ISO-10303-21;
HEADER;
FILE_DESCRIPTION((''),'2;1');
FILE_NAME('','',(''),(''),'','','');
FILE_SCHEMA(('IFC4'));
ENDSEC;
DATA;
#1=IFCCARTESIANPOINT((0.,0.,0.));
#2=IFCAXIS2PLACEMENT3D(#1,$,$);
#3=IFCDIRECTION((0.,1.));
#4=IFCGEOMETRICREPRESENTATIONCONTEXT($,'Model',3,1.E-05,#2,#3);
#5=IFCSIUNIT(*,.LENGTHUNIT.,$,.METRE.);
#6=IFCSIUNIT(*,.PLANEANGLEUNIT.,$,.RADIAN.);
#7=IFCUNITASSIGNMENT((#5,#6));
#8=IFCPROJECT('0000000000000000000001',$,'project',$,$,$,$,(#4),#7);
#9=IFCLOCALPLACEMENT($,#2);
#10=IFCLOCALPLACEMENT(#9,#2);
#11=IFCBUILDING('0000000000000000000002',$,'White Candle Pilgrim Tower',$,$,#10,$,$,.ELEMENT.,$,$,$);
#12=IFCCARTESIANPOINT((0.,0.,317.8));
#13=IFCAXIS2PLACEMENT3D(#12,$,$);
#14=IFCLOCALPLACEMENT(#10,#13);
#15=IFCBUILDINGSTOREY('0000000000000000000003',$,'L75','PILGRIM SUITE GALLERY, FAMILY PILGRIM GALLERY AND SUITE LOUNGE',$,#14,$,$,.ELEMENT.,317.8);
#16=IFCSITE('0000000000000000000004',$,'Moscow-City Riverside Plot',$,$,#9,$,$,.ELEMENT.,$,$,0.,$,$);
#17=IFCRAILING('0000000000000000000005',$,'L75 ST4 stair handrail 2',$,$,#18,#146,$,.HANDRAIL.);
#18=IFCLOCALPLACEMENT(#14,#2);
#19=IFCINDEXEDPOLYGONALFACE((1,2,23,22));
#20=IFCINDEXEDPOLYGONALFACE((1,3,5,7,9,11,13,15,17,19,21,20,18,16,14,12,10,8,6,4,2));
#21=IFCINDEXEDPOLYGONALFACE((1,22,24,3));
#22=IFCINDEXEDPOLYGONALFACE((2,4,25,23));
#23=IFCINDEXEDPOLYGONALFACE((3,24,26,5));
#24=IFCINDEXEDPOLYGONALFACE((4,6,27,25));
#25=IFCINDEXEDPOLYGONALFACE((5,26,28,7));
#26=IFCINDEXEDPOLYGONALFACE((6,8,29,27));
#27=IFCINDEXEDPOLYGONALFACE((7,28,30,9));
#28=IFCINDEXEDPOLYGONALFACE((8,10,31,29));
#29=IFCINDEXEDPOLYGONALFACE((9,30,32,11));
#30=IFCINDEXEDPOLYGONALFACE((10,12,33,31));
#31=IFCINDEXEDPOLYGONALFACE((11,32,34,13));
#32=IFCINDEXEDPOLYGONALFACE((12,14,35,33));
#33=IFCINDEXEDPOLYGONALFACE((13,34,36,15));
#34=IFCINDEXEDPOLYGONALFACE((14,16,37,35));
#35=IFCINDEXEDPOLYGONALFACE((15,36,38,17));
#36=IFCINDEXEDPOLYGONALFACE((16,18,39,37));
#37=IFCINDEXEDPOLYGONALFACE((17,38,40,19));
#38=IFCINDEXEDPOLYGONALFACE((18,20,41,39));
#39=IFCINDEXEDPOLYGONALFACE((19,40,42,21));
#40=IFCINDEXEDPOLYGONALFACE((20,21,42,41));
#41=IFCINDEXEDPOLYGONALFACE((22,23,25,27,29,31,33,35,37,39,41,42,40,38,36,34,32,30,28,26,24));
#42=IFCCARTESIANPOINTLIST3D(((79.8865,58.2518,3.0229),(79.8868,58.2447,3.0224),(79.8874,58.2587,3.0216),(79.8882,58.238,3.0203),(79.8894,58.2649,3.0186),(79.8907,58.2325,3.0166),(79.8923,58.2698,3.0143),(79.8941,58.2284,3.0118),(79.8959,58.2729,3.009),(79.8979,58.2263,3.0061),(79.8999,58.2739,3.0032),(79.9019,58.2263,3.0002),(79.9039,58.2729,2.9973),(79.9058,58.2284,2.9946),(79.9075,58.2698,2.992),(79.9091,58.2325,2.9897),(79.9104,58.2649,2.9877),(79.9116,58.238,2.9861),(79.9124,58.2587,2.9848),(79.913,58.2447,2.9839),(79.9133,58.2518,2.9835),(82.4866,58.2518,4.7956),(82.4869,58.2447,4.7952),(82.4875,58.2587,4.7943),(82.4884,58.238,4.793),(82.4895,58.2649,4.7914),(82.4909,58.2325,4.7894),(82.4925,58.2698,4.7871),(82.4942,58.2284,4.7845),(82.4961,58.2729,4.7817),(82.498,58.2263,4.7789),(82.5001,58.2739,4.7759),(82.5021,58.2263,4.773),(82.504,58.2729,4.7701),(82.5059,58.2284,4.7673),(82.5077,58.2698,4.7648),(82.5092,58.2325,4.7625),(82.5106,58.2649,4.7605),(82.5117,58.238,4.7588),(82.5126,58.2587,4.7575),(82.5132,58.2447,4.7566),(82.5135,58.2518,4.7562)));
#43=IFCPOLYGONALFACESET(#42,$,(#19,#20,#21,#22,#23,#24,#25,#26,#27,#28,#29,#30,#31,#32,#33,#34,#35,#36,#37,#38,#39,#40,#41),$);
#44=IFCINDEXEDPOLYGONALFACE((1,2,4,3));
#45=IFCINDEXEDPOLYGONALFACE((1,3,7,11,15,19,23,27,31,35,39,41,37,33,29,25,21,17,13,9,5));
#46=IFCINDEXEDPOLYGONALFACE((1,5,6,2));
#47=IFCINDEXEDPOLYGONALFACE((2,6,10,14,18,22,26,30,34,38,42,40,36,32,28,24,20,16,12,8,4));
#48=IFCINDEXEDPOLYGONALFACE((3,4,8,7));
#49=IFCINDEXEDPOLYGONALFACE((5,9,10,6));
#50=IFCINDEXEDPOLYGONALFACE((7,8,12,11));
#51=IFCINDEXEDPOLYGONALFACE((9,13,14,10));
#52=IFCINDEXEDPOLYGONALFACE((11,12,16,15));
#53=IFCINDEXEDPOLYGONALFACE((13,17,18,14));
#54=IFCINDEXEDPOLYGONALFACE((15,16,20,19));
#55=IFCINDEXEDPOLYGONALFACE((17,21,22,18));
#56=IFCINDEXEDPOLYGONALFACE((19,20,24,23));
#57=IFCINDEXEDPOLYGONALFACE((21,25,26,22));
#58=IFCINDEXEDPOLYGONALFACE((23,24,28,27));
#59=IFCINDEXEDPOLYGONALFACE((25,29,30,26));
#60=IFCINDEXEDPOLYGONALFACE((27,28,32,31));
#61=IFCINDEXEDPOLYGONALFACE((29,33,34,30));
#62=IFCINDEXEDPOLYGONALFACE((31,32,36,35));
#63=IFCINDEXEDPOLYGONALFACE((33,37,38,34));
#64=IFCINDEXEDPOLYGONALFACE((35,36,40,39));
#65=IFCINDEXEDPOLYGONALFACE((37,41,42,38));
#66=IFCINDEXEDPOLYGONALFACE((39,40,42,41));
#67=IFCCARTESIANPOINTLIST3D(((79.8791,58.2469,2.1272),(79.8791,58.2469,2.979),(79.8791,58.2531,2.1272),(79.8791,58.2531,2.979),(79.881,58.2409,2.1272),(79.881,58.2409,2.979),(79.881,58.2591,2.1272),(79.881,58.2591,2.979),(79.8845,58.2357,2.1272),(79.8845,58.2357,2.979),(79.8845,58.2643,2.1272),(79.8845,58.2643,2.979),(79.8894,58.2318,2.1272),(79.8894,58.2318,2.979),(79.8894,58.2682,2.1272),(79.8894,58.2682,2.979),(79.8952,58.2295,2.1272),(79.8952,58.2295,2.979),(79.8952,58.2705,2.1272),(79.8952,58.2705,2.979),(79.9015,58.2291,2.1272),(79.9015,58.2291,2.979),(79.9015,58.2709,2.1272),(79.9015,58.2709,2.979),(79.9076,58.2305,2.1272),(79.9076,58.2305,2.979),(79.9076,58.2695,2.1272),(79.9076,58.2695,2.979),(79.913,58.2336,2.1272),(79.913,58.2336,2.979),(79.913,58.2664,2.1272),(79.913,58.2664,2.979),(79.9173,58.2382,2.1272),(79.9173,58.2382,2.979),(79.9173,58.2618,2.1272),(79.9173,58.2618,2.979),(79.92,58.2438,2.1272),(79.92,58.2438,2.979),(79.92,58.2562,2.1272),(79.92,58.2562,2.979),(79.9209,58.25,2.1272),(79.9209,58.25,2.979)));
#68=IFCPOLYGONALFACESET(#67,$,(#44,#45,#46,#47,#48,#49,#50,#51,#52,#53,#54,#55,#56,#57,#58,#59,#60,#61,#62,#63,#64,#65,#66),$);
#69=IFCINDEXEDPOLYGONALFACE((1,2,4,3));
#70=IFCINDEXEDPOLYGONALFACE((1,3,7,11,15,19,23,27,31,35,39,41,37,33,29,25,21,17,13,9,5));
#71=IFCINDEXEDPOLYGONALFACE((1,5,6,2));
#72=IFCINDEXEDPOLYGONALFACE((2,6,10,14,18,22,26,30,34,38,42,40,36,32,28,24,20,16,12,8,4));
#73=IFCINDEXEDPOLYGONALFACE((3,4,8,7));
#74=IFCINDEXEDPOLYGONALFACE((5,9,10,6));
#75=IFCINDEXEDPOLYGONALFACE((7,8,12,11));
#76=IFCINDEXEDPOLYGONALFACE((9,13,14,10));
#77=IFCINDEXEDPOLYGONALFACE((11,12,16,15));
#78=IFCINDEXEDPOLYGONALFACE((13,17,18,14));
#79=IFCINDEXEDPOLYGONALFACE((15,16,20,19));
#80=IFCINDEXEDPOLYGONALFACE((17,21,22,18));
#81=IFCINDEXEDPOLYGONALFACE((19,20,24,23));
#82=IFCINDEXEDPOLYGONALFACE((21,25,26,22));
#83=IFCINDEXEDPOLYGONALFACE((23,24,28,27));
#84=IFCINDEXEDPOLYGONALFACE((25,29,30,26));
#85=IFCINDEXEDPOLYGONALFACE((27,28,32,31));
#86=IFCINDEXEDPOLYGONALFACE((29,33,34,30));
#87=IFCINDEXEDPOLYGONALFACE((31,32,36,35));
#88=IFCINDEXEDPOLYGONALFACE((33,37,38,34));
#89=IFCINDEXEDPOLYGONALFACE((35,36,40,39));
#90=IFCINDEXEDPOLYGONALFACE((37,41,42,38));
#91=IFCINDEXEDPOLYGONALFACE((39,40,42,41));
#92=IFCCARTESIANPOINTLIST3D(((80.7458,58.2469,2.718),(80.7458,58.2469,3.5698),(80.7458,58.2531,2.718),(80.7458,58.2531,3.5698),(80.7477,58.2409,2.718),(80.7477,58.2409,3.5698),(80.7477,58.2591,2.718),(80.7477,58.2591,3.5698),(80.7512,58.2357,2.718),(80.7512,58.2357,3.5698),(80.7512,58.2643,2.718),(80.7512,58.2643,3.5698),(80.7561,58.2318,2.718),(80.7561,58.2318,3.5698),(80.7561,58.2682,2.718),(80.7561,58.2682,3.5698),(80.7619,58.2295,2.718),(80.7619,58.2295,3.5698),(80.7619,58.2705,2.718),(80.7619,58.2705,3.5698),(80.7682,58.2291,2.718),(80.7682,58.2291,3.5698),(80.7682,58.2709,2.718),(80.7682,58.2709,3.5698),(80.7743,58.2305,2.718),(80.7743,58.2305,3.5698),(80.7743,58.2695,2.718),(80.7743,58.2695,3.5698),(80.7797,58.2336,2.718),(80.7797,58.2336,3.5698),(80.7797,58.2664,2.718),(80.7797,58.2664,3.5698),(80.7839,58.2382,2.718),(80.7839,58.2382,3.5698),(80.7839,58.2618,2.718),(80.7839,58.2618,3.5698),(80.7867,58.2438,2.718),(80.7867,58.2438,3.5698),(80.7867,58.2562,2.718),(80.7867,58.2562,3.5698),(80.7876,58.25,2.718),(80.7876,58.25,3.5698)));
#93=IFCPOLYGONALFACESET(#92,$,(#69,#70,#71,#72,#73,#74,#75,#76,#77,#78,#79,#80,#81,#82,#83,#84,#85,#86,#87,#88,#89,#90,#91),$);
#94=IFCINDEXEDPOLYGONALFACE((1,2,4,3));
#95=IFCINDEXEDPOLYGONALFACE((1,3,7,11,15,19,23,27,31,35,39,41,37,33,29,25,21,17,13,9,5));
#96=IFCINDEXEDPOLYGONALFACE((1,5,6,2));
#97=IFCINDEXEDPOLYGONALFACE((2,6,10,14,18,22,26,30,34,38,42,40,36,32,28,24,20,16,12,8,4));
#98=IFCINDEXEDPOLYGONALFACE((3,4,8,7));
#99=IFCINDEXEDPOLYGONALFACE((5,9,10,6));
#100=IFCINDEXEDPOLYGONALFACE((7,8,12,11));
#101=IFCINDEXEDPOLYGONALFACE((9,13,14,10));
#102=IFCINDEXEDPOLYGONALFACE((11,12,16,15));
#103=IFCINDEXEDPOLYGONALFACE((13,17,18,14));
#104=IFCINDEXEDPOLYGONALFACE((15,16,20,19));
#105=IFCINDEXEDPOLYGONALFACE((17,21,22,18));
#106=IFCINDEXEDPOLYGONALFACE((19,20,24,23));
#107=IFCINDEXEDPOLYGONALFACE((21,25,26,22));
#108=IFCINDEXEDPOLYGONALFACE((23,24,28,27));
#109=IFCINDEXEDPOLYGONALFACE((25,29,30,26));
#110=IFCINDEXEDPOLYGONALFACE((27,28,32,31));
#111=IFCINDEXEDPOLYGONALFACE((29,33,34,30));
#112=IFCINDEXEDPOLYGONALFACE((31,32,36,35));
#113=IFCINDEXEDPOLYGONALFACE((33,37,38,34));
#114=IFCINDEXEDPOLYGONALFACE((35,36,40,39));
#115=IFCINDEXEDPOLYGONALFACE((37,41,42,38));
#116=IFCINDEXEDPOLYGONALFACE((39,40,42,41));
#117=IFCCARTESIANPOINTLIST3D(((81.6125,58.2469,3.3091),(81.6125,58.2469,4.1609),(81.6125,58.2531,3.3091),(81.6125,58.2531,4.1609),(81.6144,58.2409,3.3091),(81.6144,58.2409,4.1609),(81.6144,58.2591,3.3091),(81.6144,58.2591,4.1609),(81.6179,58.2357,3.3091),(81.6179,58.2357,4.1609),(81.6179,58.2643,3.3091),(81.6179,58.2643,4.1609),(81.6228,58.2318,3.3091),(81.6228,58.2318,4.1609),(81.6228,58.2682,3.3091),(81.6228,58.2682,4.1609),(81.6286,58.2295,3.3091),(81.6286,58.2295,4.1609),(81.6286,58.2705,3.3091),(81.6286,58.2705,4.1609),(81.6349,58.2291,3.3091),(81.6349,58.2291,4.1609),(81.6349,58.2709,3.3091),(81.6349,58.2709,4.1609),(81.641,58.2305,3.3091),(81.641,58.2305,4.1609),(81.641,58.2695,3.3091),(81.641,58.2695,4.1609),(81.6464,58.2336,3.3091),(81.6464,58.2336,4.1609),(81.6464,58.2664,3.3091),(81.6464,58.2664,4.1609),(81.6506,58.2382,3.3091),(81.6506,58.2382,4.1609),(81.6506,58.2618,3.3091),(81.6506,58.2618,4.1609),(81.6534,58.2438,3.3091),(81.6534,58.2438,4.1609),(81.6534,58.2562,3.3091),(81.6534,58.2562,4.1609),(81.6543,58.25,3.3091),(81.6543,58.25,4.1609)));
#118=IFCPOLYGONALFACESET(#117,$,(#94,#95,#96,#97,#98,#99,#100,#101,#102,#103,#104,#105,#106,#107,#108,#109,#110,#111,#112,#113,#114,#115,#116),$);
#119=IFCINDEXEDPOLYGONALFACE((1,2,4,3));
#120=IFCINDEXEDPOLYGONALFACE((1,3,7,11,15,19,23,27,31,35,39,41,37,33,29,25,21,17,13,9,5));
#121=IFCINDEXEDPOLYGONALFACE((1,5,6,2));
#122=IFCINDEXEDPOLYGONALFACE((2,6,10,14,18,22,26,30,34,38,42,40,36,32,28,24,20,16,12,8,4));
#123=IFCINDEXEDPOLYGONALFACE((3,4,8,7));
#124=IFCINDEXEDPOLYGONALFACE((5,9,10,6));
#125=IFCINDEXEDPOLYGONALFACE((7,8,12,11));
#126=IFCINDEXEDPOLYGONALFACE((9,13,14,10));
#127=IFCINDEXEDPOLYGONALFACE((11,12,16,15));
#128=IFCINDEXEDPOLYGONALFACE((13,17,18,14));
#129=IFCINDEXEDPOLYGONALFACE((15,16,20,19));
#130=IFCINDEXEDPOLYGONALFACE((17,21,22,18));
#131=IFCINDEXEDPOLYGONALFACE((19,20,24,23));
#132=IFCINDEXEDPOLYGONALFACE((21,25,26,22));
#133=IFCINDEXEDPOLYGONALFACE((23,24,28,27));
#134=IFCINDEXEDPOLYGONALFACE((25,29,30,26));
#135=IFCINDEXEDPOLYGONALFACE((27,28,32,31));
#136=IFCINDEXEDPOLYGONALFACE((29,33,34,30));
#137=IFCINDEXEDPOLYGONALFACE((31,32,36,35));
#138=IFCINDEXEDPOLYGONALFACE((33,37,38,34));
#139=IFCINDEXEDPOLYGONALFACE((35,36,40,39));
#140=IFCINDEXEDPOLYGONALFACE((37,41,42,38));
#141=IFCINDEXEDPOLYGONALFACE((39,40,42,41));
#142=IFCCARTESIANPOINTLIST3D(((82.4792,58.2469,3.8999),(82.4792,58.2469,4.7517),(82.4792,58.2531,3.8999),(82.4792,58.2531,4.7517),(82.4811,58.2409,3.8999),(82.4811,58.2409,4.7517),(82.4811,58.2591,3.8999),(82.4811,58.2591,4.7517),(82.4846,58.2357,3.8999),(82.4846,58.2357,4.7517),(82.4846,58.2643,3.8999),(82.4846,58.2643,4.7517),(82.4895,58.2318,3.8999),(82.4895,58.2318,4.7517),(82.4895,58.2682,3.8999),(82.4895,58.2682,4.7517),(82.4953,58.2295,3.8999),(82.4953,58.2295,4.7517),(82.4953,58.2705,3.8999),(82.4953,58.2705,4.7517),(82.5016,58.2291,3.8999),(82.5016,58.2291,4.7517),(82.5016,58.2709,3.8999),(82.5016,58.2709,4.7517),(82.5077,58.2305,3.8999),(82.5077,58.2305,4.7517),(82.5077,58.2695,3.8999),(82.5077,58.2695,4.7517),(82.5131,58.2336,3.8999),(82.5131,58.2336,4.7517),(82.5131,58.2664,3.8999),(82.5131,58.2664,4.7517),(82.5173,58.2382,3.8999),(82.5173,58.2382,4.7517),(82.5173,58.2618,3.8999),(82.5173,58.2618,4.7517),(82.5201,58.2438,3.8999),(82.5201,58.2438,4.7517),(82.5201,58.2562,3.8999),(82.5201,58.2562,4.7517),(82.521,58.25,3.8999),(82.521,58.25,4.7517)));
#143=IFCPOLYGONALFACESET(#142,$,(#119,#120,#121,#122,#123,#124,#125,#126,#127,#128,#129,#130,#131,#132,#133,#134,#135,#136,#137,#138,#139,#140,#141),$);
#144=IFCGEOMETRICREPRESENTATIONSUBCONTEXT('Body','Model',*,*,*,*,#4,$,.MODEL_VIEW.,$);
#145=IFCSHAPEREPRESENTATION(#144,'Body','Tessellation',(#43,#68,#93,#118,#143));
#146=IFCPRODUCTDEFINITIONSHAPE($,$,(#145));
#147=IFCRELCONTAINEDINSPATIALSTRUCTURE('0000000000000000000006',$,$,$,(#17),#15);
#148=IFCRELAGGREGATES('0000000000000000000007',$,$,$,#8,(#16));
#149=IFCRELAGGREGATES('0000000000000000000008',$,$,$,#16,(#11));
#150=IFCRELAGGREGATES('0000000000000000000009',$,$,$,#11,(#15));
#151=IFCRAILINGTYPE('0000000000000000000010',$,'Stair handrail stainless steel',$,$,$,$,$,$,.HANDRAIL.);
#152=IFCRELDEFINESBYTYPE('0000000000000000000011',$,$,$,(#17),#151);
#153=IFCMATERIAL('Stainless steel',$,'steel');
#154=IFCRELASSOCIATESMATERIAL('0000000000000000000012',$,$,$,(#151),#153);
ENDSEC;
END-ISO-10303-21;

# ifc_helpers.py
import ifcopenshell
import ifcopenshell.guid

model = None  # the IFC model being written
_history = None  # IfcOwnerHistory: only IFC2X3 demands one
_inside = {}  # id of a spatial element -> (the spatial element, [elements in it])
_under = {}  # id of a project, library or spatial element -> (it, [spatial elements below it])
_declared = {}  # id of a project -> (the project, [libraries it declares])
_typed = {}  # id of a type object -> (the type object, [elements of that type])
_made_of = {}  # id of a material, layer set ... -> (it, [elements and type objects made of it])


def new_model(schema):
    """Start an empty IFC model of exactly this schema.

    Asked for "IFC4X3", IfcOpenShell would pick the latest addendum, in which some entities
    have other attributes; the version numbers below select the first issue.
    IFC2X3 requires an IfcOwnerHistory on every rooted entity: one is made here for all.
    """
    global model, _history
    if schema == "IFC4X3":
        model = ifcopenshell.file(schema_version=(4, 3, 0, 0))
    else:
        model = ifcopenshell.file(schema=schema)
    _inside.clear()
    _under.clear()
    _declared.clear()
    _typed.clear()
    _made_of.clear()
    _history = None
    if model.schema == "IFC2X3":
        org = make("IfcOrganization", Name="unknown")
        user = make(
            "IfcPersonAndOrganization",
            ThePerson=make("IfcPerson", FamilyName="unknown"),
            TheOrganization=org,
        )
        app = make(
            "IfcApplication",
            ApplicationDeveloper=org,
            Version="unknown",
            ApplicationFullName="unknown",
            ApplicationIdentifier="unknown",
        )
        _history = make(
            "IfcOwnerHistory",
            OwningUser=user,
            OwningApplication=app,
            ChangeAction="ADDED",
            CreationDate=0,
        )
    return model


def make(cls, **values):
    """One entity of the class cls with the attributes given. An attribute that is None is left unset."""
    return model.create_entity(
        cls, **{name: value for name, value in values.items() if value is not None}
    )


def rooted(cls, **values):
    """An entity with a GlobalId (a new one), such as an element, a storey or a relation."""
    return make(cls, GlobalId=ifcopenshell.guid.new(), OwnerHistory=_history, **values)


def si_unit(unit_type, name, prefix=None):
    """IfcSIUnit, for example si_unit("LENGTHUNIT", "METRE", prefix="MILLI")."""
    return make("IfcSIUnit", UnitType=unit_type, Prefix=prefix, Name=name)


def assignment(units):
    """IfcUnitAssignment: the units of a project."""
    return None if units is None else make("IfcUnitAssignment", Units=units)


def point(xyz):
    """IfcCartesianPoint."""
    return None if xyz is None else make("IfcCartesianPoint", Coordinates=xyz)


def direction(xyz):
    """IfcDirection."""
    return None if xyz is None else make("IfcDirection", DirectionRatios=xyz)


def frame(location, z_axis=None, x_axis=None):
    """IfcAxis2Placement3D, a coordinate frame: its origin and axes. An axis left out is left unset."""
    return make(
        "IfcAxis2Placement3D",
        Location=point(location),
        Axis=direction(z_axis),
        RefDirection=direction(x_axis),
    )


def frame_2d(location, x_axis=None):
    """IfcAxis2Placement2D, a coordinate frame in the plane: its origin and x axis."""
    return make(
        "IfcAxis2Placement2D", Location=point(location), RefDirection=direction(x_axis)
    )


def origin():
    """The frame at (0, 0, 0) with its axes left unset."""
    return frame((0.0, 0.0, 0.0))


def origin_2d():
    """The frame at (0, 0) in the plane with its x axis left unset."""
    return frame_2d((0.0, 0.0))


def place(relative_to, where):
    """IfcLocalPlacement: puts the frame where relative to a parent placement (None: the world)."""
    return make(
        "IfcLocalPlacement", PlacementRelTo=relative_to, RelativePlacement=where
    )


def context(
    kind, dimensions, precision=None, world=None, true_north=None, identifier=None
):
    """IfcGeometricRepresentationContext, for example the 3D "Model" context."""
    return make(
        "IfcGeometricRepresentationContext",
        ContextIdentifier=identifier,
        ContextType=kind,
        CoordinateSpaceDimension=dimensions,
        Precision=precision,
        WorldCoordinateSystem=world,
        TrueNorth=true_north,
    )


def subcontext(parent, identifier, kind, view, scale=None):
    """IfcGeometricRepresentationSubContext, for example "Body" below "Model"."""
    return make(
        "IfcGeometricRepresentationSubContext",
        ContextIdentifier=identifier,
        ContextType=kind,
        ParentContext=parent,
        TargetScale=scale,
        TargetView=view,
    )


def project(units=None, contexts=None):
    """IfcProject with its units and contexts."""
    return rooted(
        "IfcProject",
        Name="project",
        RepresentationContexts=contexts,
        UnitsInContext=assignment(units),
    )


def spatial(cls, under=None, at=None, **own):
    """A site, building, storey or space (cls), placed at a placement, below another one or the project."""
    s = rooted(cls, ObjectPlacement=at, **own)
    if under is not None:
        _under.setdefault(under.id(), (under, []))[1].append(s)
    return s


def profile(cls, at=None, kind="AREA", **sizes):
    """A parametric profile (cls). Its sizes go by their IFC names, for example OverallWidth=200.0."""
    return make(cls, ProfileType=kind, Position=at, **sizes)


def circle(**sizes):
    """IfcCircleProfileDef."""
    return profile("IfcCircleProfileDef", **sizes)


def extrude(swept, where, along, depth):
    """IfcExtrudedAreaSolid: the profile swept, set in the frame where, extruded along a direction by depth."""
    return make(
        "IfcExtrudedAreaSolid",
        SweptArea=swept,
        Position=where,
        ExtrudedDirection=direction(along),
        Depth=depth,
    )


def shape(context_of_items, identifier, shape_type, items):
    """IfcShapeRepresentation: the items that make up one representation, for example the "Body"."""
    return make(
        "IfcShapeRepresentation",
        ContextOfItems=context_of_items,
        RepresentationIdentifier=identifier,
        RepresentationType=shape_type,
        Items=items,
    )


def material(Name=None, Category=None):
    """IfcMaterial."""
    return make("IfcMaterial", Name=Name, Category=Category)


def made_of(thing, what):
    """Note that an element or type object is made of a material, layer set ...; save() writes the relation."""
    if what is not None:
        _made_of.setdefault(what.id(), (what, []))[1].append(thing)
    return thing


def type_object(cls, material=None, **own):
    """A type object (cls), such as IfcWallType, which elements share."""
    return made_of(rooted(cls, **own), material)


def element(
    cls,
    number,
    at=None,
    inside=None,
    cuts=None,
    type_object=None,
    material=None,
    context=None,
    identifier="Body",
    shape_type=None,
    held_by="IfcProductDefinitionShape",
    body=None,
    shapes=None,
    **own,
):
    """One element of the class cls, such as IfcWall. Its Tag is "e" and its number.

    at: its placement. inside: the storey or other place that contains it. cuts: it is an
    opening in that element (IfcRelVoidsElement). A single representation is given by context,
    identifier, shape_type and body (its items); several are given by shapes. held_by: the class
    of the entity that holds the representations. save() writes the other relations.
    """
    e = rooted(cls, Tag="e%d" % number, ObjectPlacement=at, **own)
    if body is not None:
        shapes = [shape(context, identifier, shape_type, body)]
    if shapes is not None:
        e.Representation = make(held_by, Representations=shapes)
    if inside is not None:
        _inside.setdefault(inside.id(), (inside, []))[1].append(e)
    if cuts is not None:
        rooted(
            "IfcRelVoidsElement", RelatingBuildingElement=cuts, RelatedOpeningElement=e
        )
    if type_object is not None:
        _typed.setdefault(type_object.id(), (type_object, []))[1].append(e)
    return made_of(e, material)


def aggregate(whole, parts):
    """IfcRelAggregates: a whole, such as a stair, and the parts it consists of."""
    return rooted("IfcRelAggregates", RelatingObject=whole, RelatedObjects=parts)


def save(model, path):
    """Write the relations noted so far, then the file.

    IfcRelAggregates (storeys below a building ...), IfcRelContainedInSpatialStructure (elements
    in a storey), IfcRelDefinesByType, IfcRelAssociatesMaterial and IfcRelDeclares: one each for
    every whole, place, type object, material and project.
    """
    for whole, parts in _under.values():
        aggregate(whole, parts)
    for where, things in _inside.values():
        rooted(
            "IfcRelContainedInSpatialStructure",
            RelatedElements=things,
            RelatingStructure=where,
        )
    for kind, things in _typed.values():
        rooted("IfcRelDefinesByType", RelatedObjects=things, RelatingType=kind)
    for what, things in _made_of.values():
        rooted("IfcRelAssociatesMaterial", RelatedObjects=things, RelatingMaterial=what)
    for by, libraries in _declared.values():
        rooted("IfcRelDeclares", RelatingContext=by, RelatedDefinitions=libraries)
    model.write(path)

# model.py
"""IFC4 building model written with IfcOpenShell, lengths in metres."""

from ifc_helpers import new_model, si_unit, direction, frame, origin, origin_2d, place, context, subcontext, project, spatial, circle, extrude, material, type_object, element, save


model = new_model("IFC4")

# Units and contexts
model_context = context("Model", 3, precision=1e-05, world=origin(), true_north=direction((0.0, 1.0)))
body_context = subcontext(model_context, "Body", "Model", "MODEL_VIEW")
ifc_project = project(units=[si_unit("LENGTHUNIT", "METRE"), si_unit("PLANEANGLEUNIT", "RADIAN")], contexts=[model_context])

# Site, building, storey
site_placement = place(None, origin())
site = spatial("IfcSite", under=ifc_project, at=site_placement, Name="Moscow-City Riverside Plot", CompositionType="ELEMENT", RefElevation=0.0)
building_placement = place(site_placement, origin())
building = spatial("IfcBuilding", under=site, at=building_placement, Name="White Candle Pilgrim Tower", CompositionType="ELEMENT")
storey_placement = place(building_placement, frame((0.0, 0.0, 317.8)))
storey = spatial("IfcBuildingStorey", under=building, at=storey_placement, Name="L75", Description="PILGRIM SUITE GALLERY, FAMILY PILGRIM GALLERY AND SUITE LOUNGE", CompositionType="ELEMENT", Elevation=317.8)

# Railing
ifc_material_1 = material(Name="Stainless steel", Category="steel")
railing_type_1 = type_object("IfcRailingType", Name="Stair handrail stainless steel", PredefinedType="HANDRAIL", material=ifc_material_1)
railing_1_placement = place(storey_placement, frame((79.8999, 58.25, 2.1272)))
element("IfcRailing", 1, at=railing_1_placement, inside=storey, type_object=railing_type_1, Name="L75 ST4 stair handrail 2", PredefinedType="HANDRAIL", context=body_context, shape_type="SweptSolid", body=[
    extrude(circle(Radius=0.0239, at=origin_2d()), frame((0.0, 0.0, 0.876), z_axis=(0.82624, 0.0, 0.563318), x_axis=(0.0, 1.0, 0.0)), (0.0, 0.0, 1.0), 3.147),
    extrude(circle(Radius=0.021, at=origin_2d()), origin(), (0.0, 0.0, 1.0), 0.8518),
    extrude(circle(Radius=0.021, at=origin_2d()), frame((0.8667, 0.0, 0.5908)), (0.0, 0.0, 1.0), 0.8518),
    extrude(circle(Radius=0.021, at=origin_2d()), frame((1.7334, 0.0, 1.1819)), (0.0, 0.0, 1.0), 0.8518),
    extrude(circle(Radius=0.021, at=origin_2d()), frame((2.6001, 0.0, 1.7727)), (0.0, 0.0, 1.0), 0.8518),
])

save(model, "model.ifc")
